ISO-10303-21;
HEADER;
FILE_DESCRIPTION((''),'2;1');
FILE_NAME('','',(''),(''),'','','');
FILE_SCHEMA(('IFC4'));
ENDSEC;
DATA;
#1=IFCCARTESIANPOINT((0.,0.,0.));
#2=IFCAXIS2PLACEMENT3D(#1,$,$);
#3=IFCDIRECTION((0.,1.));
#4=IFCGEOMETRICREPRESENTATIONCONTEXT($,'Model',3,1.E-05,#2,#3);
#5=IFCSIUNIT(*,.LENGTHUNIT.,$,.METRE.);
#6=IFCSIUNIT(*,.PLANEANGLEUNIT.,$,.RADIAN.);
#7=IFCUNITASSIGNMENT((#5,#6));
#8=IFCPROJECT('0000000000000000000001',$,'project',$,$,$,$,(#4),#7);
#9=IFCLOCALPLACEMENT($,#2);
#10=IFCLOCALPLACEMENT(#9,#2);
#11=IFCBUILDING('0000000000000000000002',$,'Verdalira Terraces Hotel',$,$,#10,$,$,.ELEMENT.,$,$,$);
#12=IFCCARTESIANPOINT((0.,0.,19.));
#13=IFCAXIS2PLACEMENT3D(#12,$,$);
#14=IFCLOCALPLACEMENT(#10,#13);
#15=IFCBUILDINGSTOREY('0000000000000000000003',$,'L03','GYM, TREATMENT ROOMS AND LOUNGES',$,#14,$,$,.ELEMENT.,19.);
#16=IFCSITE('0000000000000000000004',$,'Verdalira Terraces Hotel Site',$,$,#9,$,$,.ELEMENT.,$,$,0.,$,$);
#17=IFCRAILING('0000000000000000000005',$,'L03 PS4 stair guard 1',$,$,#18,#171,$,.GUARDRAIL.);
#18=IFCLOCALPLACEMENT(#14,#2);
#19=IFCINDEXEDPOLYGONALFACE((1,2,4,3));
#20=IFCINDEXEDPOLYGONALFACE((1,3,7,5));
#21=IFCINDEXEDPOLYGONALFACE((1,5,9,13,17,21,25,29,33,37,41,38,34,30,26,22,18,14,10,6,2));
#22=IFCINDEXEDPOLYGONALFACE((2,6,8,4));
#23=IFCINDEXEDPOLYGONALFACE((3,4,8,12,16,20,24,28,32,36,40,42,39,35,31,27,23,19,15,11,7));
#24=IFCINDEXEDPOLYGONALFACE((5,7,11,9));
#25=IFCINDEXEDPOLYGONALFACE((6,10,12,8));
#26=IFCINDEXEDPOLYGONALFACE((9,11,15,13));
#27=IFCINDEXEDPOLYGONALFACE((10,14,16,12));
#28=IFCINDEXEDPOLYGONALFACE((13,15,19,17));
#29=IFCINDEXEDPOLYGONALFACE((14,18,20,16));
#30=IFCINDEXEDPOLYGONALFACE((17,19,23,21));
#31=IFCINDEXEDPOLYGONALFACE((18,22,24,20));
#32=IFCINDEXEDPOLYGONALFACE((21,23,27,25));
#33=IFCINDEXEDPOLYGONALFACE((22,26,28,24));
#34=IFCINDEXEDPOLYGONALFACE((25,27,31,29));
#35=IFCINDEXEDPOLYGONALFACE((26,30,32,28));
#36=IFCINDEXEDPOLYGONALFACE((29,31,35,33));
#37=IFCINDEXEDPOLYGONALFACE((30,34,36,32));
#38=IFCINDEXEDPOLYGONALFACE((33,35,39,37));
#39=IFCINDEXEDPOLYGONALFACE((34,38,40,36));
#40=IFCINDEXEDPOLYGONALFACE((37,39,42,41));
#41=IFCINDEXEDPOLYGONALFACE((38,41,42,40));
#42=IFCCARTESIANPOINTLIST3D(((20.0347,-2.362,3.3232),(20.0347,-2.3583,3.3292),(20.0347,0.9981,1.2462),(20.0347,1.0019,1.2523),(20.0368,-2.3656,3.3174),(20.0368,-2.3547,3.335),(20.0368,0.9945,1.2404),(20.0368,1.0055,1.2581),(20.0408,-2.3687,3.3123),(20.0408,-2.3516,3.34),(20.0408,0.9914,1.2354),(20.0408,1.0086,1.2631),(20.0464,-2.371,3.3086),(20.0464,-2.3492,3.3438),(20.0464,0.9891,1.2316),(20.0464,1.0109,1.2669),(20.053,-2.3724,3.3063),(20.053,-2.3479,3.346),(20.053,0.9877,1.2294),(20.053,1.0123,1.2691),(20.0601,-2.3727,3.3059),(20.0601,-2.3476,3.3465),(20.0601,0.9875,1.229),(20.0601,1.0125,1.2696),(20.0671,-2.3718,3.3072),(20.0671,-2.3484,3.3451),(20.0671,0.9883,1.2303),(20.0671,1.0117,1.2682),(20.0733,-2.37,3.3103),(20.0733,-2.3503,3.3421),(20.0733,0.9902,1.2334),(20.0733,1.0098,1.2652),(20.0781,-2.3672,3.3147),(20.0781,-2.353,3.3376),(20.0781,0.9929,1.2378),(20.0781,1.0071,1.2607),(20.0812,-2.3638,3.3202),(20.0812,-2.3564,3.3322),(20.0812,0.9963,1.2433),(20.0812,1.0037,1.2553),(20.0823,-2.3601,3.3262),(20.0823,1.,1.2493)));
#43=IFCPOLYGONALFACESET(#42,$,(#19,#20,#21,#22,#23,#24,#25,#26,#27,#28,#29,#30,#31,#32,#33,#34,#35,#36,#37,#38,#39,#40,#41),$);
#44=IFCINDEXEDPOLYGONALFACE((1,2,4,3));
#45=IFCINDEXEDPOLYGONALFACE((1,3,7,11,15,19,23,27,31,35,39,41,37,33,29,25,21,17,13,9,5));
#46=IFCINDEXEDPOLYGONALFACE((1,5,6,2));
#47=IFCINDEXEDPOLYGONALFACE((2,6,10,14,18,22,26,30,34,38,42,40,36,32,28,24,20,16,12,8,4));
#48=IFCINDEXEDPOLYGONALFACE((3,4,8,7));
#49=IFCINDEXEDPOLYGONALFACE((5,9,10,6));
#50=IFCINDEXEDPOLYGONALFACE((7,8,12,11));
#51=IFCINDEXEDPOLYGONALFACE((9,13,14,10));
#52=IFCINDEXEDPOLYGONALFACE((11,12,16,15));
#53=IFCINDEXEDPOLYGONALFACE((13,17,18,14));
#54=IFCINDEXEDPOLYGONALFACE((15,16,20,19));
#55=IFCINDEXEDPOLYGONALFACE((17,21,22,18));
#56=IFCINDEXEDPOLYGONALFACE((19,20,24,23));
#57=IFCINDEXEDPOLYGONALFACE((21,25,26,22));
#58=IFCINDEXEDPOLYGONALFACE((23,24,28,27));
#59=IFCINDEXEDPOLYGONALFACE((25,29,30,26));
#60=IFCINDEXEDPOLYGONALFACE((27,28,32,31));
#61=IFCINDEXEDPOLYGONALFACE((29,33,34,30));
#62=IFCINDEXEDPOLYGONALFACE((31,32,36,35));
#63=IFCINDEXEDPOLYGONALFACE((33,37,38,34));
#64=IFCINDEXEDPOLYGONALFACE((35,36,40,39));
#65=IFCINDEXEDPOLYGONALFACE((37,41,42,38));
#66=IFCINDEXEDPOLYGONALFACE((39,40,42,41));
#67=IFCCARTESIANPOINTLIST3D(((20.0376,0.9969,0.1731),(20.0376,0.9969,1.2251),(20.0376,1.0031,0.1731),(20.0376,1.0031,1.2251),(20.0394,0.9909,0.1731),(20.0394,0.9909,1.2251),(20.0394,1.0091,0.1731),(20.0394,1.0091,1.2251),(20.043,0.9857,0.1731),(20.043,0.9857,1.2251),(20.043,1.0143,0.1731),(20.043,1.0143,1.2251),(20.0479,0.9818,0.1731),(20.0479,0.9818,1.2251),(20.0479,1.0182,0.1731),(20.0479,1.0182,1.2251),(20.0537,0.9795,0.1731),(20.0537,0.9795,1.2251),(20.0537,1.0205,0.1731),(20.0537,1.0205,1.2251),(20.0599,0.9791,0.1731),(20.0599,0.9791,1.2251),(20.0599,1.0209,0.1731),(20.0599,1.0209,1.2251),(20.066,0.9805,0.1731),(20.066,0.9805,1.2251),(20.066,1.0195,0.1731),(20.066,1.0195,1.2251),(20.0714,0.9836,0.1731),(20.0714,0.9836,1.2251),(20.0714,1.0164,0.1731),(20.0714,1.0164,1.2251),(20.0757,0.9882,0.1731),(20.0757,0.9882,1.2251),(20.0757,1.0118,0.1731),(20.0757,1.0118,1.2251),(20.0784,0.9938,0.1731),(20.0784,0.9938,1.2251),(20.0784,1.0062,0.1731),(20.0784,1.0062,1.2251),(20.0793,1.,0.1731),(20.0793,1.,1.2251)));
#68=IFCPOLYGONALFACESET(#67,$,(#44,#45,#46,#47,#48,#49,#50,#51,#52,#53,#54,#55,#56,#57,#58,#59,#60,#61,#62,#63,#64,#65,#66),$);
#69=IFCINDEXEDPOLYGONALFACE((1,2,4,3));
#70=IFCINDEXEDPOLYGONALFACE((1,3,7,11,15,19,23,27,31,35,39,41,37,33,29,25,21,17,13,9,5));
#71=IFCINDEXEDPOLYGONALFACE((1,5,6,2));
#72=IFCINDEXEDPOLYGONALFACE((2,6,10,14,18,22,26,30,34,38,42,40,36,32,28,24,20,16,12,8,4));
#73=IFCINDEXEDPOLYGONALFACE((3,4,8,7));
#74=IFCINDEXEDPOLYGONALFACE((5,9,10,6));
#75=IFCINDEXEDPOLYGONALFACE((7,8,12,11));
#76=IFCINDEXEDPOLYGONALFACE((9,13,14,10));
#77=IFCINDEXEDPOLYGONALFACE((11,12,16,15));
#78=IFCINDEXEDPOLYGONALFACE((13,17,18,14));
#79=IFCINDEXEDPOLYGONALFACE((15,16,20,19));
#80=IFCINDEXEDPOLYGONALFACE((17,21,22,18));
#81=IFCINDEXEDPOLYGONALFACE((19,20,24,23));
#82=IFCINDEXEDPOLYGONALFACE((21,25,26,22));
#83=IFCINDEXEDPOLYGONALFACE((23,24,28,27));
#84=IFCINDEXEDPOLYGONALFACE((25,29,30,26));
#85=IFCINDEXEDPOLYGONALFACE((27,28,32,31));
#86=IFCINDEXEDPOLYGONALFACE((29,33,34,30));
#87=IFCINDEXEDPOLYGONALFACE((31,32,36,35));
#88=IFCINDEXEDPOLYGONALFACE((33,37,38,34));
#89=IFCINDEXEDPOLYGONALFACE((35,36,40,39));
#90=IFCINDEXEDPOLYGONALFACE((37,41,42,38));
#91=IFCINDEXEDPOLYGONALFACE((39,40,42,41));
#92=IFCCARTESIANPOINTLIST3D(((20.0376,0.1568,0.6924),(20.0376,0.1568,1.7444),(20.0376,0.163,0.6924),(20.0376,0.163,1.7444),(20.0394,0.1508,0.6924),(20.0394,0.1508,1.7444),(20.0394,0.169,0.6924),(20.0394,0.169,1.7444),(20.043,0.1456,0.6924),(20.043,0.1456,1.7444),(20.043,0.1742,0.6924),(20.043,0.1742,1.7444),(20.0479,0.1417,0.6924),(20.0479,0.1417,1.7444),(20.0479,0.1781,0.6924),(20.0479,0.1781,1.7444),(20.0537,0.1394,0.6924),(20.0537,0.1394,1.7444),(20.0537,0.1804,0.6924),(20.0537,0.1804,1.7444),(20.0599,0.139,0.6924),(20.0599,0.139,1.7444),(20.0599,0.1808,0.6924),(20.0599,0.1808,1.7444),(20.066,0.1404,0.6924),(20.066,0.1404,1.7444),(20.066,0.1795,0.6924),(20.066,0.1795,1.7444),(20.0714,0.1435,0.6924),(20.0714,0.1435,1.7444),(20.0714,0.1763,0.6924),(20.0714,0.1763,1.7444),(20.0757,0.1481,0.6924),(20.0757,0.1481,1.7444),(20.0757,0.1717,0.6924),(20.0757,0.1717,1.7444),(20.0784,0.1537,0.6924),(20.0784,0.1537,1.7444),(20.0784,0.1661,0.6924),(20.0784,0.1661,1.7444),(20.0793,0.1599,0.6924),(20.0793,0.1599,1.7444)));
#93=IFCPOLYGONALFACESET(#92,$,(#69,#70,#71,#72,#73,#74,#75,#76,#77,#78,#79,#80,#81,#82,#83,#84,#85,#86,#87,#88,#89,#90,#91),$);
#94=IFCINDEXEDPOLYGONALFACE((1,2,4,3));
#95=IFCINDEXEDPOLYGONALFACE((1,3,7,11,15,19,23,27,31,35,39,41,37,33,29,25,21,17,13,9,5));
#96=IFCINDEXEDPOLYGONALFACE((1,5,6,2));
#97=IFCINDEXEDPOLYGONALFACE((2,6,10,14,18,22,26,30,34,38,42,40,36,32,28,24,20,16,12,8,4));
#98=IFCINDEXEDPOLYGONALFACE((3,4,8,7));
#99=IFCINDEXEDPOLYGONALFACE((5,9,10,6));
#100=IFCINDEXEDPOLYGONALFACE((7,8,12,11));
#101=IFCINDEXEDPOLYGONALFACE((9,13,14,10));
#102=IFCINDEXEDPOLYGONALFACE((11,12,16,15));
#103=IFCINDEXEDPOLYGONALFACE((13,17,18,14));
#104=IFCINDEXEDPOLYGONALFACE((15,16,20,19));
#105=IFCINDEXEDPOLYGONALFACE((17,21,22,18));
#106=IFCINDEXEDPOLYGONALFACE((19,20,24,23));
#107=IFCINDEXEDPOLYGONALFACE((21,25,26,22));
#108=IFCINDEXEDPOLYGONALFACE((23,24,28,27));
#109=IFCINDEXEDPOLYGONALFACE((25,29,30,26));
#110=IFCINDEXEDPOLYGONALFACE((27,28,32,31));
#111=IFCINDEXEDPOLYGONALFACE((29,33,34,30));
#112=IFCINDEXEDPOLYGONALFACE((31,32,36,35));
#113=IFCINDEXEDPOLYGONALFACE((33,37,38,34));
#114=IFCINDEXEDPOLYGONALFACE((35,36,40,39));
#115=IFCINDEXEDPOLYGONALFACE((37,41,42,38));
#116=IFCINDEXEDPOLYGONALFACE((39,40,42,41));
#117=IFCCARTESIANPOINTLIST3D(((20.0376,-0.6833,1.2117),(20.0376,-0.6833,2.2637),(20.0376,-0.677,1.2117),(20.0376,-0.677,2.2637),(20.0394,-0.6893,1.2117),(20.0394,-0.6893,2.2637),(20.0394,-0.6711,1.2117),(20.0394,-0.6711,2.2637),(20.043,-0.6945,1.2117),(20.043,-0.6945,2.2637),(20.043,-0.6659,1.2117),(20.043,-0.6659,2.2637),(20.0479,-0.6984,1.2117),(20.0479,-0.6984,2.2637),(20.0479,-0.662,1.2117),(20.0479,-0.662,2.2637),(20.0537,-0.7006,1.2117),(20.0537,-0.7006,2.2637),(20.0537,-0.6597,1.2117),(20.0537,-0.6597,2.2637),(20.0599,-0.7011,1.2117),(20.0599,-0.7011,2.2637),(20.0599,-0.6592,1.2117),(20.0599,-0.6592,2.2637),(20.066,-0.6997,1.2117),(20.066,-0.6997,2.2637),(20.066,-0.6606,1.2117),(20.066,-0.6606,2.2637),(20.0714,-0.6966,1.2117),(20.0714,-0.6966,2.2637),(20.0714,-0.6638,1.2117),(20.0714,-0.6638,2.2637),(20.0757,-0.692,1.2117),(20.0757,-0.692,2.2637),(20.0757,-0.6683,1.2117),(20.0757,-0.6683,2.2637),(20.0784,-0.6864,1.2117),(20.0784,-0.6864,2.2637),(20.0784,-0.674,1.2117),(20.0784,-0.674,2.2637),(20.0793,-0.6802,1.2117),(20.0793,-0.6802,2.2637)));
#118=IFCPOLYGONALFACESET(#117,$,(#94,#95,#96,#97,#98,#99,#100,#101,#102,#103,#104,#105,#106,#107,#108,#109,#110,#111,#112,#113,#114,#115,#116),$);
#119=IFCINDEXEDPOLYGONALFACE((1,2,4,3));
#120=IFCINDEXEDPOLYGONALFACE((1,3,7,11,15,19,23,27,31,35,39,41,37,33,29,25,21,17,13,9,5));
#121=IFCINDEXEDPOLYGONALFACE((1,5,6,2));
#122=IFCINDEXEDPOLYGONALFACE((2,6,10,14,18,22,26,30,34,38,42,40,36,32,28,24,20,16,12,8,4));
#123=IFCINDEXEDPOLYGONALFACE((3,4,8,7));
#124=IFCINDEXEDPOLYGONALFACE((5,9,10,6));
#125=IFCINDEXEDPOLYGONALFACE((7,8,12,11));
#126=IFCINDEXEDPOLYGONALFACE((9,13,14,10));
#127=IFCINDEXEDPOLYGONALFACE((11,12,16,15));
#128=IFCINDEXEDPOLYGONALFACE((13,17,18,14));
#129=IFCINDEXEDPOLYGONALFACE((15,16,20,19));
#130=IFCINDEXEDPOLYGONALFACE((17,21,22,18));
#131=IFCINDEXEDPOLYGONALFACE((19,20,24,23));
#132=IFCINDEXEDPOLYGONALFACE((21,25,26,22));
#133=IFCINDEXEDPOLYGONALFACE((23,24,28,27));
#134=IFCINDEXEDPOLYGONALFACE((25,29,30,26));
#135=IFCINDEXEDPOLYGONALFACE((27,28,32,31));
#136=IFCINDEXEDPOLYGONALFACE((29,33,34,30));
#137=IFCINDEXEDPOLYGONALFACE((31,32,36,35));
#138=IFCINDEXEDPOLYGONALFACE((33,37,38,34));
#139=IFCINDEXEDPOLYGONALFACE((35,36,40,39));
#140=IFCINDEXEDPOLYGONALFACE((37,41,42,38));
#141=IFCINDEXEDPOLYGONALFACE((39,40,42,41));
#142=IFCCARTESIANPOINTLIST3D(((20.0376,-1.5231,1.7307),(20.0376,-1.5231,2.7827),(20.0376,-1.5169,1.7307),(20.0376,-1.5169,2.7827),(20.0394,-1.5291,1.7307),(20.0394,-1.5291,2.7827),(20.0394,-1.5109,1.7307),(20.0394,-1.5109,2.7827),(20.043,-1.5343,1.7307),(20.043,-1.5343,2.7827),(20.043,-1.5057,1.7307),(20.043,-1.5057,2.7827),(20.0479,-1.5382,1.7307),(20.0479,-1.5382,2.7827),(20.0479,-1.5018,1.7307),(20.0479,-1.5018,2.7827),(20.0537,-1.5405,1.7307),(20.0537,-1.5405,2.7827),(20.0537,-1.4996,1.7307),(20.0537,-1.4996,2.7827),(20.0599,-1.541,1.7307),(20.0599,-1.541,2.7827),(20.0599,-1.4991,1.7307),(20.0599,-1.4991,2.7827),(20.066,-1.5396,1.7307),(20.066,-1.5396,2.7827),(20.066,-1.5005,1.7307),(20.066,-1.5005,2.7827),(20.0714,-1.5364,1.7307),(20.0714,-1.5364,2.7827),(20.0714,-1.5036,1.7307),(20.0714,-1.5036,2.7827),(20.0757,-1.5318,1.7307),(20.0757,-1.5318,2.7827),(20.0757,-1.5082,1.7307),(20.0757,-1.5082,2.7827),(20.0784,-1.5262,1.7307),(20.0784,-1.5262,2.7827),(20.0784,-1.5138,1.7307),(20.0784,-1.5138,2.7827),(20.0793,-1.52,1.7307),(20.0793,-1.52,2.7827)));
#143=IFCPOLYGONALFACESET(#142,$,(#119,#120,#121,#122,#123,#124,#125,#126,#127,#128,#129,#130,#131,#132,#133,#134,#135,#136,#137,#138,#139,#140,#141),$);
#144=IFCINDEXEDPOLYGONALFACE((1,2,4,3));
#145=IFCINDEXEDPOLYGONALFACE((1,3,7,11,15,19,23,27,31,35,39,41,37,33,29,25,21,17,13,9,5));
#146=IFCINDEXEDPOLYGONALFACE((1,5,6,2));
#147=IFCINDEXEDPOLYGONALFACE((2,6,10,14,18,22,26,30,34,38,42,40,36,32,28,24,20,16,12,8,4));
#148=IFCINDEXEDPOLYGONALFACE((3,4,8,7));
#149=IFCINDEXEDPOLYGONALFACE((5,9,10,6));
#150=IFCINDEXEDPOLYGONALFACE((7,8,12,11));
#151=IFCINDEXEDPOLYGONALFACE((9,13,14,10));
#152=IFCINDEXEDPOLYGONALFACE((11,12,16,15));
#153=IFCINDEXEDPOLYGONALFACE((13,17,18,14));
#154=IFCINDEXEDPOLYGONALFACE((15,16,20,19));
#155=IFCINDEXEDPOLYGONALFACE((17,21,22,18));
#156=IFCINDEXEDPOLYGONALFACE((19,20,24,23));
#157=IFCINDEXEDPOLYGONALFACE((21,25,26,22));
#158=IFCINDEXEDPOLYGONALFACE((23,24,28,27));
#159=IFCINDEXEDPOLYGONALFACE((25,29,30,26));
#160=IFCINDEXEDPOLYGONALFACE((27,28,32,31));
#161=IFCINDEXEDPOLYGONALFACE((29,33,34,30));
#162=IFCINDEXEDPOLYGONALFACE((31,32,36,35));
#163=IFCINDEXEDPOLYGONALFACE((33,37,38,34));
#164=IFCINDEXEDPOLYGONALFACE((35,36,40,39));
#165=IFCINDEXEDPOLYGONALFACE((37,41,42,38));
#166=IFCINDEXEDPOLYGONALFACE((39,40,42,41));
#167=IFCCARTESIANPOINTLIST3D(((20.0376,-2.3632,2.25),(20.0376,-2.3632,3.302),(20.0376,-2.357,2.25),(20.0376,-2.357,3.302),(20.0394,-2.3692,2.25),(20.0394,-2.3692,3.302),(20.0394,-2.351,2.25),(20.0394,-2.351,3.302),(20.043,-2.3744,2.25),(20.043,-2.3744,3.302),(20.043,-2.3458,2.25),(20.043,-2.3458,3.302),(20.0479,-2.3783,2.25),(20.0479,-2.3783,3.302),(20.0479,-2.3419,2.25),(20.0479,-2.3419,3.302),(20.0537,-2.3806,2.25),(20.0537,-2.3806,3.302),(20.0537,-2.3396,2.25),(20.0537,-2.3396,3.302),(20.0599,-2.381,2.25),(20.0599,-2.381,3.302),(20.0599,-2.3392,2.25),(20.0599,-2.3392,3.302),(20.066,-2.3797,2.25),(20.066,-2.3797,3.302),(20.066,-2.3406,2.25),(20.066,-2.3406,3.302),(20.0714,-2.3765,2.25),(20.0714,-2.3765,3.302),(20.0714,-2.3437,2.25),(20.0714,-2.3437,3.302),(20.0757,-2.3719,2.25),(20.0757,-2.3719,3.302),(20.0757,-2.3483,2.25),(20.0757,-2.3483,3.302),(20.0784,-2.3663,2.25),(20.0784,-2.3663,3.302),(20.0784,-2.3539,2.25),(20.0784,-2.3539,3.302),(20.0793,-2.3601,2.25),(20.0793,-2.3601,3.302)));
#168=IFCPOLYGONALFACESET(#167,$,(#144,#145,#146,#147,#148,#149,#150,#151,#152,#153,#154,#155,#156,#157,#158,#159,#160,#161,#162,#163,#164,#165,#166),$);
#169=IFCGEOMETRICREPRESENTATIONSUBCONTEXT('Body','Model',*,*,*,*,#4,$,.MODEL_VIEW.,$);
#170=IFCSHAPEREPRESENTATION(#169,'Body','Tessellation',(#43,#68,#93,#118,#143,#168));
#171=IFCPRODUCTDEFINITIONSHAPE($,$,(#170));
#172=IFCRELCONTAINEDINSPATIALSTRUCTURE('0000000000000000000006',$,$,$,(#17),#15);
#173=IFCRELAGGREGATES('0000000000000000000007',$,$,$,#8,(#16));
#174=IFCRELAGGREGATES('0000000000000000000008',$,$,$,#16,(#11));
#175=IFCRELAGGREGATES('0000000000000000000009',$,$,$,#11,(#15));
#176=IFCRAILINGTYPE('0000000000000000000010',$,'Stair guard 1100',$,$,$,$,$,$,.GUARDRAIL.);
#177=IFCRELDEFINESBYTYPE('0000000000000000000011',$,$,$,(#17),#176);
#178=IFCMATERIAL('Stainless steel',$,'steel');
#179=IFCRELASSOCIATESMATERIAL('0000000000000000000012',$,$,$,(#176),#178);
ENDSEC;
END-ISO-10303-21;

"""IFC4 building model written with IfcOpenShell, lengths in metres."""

from ifc_helpers import new_model, si_unit, direction, frame, origin, origin_2d, place, context, subcontext, project, spatial, circle, extrude, material, type_object, element, save


model = new_model("IFC4")

# Units and contexts
model_context = context("Model", 3, precision=1e-05, world=origin(), true_north=direction((0.0, 1.0)))
body_context = subcontext(model_context, "Body", "Model", "MODEL_VIEW")
ifc_project = project(units=[si_unit("LENGTHUNIT", "METRE"), si_unit("PLANEANGLEUNIT", "RADIAN")], contexts=[model_context])

# Site, building, storey
site_placement = place(None, origin())
site = spatial("IfcSite", under=ifc_project, at=site_placement, Name="Verdalira Terraces Hotel Site", CompositionType="ELEMENT", RefElevation=0.0)
building_placement = place(site_placement, origin())
building = spatial("IfcBuilding", under=site, at=building_placement, Name="Verdalira Terraces Hotel", CompositionType="ELEMENT")
storey_placement = place(building_placement, frame((0.0, 0.0, 19.0)))
storey = spatial("IfcBuildingStorey", under=building, at=storey_placement, Name="L03", Description="GYM, TREATMENT ROOMS AND LOUNGES", CompositionType="ELEMENT", Elevation=19.0)

# Railing
ifc_material_1 = material(Name="Stainless steel", Category="steel")
railing_type_1 = type_object("IfcRailingType", Name="Stair guard 1100", PredefinedType="GUARDRAIL", material=ifc_material_1)
railing_1_placement = place(storey_placement, frame((20.0584, 1.0, 0.1731)))
element("IfcRailing", 1, at=railing_1_placement, inside=storey, type_object=railing_type_1, Name="L03 PS4 stair guard 1", PredefinedType="GUARDRAIL", context=body_context, shape_type="SweptSolid", body=[
    extrude(circle(Radius=0.0239, at=origin_2d()), frame((0.0, 0.0, 1.0762), z_axis=(0.0, -0.850623, 0.525776), x_axis=(1.0, 0.0, 0.0)), (0.0, 0.0, 1.0), 3.9502),
    extrude(circle(Radius=0.021, at=origin_2d()), origin(), (0.0, 0.0, 1.0), 1.052),
    extrude(circle(Radius=0.021, at=origin_2d()), frame((0.0, -0.8401, 0.5193)), (0.0, 0.0, 1.0), 1.052),
    extrude(circle(Radius=0.021, at=origin_2d()), frame((0.0, -1.6802, 1.0386)), (0.0, 0.0, 1.0), 1.052),
    extrude(circle(Radius=0.021, at=origin_2d()), frame((0.0, -2.52, 1.5576)), (0.0, 0.0, 1.0), 1.052),
    extrude(circle(Radius=0.021, at=origin_2d()), frame((0.0, -3.3601, 2.0769)), (0.0, 0.0, 1.0), 1.052),
])

save(model, "model.ifc")
